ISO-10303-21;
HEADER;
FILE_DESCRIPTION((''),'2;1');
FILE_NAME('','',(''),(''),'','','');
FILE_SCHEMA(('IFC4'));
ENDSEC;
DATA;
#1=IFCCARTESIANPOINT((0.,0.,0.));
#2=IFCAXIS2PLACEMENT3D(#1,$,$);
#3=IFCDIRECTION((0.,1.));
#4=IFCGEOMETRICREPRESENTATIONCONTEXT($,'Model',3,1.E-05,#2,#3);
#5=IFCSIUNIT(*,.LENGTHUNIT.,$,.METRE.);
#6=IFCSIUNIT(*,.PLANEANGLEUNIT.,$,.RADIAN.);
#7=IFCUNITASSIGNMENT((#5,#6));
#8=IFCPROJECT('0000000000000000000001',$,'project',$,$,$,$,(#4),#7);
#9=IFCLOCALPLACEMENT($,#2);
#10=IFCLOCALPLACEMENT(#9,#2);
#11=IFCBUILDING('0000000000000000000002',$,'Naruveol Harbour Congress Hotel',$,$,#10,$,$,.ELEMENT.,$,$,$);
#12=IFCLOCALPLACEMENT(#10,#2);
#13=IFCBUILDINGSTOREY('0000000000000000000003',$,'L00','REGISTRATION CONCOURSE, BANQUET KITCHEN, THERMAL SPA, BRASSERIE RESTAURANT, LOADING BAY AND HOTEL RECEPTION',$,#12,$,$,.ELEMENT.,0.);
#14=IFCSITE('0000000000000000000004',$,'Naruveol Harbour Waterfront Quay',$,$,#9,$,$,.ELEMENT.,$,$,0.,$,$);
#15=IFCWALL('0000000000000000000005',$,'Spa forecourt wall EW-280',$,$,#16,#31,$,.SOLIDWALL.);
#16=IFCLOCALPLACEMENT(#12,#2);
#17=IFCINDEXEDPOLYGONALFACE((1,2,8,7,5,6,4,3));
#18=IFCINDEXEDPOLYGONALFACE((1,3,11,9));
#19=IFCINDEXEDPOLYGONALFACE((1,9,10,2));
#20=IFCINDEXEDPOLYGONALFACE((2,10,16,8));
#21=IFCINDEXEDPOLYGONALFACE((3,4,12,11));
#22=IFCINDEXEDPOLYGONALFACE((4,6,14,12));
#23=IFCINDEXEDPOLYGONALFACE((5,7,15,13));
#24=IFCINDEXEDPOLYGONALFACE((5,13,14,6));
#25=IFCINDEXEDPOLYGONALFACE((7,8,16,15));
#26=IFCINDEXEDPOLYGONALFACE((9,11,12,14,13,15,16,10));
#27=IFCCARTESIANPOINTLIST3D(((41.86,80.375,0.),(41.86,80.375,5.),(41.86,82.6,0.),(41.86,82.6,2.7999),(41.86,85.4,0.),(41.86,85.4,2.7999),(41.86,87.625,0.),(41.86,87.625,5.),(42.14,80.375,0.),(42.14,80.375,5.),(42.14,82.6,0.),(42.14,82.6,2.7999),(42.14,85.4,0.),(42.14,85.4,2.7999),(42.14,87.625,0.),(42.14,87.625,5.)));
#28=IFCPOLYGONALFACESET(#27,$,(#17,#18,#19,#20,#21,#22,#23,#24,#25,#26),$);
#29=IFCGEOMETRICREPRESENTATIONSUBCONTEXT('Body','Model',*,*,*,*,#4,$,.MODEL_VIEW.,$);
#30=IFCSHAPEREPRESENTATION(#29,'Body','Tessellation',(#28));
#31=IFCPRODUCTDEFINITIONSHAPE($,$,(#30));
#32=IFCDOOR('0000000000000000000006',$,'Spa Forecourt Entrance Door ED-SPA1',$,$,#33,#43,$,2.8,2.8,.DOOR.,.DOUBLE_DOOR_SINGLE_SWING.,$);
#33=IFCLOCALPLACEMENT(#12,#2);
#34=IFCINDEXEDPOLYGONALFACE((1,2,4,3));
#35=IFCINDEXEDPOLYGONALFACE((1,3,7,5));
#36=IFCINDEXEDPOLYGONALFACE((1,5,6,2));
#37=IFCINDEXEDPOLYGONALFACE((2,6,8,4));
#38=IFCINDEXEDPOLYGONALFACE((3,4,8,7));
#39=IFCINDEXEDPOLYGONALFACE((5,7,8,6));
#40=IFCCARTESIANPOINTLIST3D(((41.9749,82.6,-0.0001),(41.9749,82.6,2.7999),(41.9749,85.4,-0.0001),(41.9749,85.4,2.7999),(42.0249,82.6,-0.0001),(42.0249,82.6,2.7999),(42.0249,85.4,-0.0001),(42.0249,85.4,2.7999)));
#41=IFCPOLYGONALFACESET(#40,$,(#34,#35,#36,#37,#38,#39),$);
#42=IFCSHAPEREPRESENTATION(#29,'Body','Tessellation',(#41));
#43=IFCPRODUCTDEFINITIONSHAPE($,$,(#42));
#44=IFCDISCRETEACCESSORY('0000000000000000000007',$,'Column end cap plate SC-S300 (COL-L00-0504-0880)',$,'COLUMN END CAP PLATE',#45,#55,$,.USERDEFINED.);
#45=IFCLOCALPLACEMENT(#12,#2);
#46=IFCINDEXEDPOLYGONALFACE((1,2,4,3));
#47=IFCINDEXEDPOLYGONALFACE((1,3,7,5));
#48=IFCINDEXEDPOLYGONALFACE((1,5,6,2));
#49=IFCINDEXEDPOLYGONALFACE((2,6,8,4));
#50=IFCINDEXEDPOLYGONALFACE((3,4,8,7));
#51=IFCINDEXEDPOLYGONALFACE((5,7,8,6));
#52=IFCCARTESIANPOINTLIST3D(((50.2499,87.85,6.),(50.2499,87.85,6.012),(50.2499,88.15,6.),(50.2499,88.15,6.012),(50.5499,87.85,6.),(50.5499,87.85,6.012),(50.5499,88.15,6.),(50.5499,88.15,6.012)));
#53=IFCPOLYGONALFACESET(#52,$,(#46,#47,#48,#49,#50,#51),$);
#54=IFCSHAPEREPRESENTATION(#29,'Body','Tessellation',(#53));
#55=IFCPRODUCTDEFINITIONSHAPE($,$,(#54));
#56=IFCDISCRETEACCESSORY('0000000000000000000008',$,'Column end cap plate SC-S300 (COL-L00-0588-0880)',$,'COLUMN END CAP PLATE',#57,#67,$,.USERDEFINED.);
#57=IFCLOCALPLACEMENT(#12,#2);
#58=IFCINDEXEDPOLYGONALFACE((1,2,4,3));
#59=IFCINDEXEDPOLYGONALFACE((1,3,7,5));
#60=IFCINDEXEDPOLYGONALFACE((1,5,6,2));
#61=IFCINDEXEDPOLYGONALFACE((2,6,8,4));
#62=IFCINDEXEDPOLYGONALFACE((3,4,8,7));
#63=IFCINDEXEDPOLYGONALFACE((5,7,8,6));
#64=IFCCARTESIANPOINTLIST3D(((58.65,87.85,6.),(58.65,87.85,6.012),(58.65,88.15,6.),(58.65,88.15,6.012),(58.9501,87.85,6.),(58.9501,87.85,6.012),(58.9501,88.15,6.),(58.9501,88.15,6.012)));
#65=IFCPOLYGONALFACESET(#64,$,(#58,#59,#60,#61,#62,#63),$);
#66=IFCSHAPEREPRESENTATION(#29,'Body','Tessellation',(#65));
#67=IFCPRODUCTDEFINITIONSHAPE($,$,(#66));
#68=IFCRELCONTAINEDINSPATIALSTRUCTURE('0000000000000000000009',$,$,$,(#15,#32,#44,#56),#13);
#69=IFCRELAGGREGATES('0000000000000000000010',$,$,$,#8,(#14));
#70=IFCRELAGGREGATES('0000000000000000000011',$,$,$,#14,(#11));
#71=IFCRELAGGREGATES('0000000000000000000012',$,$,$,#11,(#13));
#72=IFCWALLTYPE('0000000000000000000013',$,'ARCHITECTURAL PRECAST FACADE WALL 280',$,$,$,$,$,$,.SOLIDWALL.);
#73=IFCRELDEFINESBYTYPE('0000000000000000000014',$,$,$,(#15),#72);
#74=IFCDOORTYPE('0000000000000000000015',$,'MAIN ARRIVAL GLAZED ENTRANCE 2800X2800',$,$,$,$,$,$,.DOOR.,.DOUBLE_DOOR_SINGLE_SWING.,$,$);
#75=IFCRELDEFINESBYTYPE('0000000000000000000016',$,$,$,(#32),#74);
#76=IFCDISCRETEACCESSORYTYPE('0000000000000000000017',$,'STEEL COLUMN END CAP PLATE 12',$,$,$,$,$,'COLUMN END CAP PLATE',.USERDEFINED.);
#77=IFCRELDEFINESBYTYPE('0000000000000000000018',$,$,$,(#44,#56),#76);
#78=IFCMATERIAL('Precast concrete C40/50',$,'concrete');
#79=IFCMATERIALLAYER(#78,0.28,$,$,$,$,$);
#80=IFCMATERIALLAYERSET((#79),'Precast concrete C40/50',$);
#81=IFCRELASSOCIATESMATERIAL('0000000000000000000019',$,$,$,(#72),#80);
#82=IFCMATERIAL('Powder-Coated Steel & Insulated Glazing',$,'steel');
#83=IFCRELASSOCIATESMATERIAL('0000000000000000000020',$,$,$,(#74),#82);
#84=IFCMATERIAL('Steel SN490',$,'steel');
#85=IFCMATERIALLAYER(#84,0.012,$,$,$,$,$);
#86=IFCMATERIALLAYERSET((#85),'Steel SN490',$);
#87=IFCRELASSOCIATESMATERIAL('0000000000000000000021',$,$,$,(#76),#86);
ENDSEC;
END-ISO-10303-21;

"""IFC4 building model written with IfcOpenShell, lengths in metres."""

from ifc_helpers import new_model, si_unit, direction, frame, frame_2d, origin, origin_2d, place, context, subcontext, project, spatial, rectangle, extrude, material, layer, layer_set, type_object, element, fill, save


model = new_model("IFC4")

# Units and contexts
model_context = context("Model", 3, precision=1e-05, world=origin(), true_north=direction((0.0, 1.0)))
body_context = subcontext(model_context, "Body", "Model", "MODEL_VIEW")
ifc_project = project(units=[si_unit("LENGTHUNIT", "METRE"), si_unit("PLANEANGLEUNIT", "RADIAN")], contexts=[model_context])

# Site, building, storey
site_placement = place(None, origin())
site = spatial("IfcSite", under=ifc_project, at=site_placement, Name="Naruveol Harbour Waterfront Quay", CompositionType="ELEMENT", RefElevation=0.0)
building_placement = place(site_placement, origin())
building = spatial("IfcBuilding", under=site, at=building_placement, Name="Naruveol Harbour Congress Hotel", CompositionType="ELEMENT")
storey_placement = place(building_placement, origin())
storey = spatial("IfcBuildingStorey", under=building, at=storey_placement, Name="L00", Description="REGISTRATION CONCOURSE, BANQUET KITCHEN, THERMAL SPA, BRASSERIE RESTAURANT, LOADING BAY AND HOTEL RECEPTION", CompositionType="ELEMENT", Elevation=0.0)

# Shared definitions
ifc_material_1 = material(Name="Precast concrete C40/50", Category="concrete")
ifc_layer_1 = layer(ifc_material_1, 0.28)
ifc_layer_set_1 = layer_set([ifc_layer_1], Name="Precast concrete C40/50")
wall_type = type_object("IfcWallType", Name="ARCHITECTURAL PRECAST FACADE WALL 280", PredefinedType="SOLIDWALL", material=ifc_layer_set_1)

# Wall, opening, door
wall_1_placement = place(storey_placement, frame((42.0, 87.625, 0.0), z_axis=(0.0, 0.0, 1.0), x_axis=(0.0, -1.0, 0.0)))
wall_1 = element("IfcWall", 1, at=wall_1_placement, inside=storey, type_object=wall_type, Name="Spa forecourt wall EW-280", PredefinedType="SOLIDWALL", context=body_context, shape_type="SweptSolid", body=[
    extrude(rectangle(XDim=7.25, YDim=0.28, at=frame_2d((3.625, 0.0))), origin(), (0.0, 0.0, 1.0), 5.0),
])
opening_1_placement = place(wall_1_placement, frame((2.2251, 0.0, 0.0)))
opening_1 = element("IfcOpeningElement", 2, at=opening_1_placement, cuts=wall_1, PredefinedType="OPENING", context=body_context, shape_type="SweptSolid", body=[
    extrude(rectangle(XDim=2.8, YDim=2.8, at=frame_2d((1.3999, 1.3999))), frame((0.0, 0.1499, 0.0), z_axis=(0.0, -1.0, 0.0), x_axis=(1.0, 0.0, 0.0)), (0.0, 0.0, 1.0), 0.3),
])
ifc_material_2 = material(Name="Powder-Coated Steel & Insulated Glazing", Category="steel")
door_type = type_object("IfcDoorType", Name="MAIN ARRIVAL GLAZED ENTRANCE 2800X2800", OperationType="DOUBLE_DOOR_SINGLE_SWING", PredefinedType="DOOR", material=ifc_material_2)
door_placement = place(opening_1_placement, origin())
door = element("IfcDoor", 3, at=door_placement, inside=storey, type_object=door_type, Name="Spa Forecourt Entrance Door ED-SPA1", OperationType="DOUBLE_DOOR_SINGLE_SWING", OverallHeight=2.8, OverallWidth=2.8, PredefinedType="DOOR", context=body_context, shape_type="SweptSolid", body=[
    extrude(rectangle(XDim=2.8, YDim=2.8, at=frame_2d((1.3999, 1.3999))), frame((0.0, 0.0249, 0.0), z_axis=(0.0, -1.0, 0.0), x_axis=(1.0, 0.0, 0.0)), (0.0, 0.0, 1.0), 0.05),
])
fill(opening_1, door)

# Discrete accessories
ifc_material_3 = material(Name="Steel SN490", Category="steel")
ifc_layer_2 = layer(ifc_material_3, 0.012)
ifc_layer_set_2 = layer_set([ifc_layer_2], Name="Steel SN490")
discrete_accessory_type = type_object("IfcDiscreteAccessoryType", Name="STEEL COLUMN END CAP PLATE 12", ElementType="COLUMN END CAP PLATE", PredefinedType="USERDEFINED", material=ifc_layer_set_2)
for number, where, z_axis, x_axis, name in (
    (4, (50.3999, 88.0, 6.0), (0.0, 0.0, 1.0), (1.0, 0.0, 0.0), "Column end cap plate SC-S300 (COL-L00-0504-0880)"),
    (5, (58.8, 88.0, 6.0), (0.0, 0.0, 1.0), (1.0, 0.0, 0.0), "Column end cap plate SC-S300 (COL-L00-0588-0880)"),
):
    element("IfcDiscreteAccessory", number, at=place(storey_placement, frame(where, z_axis=z_axis, x_axis=x_axis)), inside=storey, type_object=discrete_accessory_type, Name=name, ObjectType="COLUMN END CAP PLATE", PredefinedType="USERDEFINED", context=body_context, shape_type="SweptSolid", body=[
        extrude(rectangle(XDim=0.3, YDim=0.3, at=origin_2d()), origin(), (0.0, 0.0, 1.0), 0.012),
    ])

save(model, "model.ifc")
